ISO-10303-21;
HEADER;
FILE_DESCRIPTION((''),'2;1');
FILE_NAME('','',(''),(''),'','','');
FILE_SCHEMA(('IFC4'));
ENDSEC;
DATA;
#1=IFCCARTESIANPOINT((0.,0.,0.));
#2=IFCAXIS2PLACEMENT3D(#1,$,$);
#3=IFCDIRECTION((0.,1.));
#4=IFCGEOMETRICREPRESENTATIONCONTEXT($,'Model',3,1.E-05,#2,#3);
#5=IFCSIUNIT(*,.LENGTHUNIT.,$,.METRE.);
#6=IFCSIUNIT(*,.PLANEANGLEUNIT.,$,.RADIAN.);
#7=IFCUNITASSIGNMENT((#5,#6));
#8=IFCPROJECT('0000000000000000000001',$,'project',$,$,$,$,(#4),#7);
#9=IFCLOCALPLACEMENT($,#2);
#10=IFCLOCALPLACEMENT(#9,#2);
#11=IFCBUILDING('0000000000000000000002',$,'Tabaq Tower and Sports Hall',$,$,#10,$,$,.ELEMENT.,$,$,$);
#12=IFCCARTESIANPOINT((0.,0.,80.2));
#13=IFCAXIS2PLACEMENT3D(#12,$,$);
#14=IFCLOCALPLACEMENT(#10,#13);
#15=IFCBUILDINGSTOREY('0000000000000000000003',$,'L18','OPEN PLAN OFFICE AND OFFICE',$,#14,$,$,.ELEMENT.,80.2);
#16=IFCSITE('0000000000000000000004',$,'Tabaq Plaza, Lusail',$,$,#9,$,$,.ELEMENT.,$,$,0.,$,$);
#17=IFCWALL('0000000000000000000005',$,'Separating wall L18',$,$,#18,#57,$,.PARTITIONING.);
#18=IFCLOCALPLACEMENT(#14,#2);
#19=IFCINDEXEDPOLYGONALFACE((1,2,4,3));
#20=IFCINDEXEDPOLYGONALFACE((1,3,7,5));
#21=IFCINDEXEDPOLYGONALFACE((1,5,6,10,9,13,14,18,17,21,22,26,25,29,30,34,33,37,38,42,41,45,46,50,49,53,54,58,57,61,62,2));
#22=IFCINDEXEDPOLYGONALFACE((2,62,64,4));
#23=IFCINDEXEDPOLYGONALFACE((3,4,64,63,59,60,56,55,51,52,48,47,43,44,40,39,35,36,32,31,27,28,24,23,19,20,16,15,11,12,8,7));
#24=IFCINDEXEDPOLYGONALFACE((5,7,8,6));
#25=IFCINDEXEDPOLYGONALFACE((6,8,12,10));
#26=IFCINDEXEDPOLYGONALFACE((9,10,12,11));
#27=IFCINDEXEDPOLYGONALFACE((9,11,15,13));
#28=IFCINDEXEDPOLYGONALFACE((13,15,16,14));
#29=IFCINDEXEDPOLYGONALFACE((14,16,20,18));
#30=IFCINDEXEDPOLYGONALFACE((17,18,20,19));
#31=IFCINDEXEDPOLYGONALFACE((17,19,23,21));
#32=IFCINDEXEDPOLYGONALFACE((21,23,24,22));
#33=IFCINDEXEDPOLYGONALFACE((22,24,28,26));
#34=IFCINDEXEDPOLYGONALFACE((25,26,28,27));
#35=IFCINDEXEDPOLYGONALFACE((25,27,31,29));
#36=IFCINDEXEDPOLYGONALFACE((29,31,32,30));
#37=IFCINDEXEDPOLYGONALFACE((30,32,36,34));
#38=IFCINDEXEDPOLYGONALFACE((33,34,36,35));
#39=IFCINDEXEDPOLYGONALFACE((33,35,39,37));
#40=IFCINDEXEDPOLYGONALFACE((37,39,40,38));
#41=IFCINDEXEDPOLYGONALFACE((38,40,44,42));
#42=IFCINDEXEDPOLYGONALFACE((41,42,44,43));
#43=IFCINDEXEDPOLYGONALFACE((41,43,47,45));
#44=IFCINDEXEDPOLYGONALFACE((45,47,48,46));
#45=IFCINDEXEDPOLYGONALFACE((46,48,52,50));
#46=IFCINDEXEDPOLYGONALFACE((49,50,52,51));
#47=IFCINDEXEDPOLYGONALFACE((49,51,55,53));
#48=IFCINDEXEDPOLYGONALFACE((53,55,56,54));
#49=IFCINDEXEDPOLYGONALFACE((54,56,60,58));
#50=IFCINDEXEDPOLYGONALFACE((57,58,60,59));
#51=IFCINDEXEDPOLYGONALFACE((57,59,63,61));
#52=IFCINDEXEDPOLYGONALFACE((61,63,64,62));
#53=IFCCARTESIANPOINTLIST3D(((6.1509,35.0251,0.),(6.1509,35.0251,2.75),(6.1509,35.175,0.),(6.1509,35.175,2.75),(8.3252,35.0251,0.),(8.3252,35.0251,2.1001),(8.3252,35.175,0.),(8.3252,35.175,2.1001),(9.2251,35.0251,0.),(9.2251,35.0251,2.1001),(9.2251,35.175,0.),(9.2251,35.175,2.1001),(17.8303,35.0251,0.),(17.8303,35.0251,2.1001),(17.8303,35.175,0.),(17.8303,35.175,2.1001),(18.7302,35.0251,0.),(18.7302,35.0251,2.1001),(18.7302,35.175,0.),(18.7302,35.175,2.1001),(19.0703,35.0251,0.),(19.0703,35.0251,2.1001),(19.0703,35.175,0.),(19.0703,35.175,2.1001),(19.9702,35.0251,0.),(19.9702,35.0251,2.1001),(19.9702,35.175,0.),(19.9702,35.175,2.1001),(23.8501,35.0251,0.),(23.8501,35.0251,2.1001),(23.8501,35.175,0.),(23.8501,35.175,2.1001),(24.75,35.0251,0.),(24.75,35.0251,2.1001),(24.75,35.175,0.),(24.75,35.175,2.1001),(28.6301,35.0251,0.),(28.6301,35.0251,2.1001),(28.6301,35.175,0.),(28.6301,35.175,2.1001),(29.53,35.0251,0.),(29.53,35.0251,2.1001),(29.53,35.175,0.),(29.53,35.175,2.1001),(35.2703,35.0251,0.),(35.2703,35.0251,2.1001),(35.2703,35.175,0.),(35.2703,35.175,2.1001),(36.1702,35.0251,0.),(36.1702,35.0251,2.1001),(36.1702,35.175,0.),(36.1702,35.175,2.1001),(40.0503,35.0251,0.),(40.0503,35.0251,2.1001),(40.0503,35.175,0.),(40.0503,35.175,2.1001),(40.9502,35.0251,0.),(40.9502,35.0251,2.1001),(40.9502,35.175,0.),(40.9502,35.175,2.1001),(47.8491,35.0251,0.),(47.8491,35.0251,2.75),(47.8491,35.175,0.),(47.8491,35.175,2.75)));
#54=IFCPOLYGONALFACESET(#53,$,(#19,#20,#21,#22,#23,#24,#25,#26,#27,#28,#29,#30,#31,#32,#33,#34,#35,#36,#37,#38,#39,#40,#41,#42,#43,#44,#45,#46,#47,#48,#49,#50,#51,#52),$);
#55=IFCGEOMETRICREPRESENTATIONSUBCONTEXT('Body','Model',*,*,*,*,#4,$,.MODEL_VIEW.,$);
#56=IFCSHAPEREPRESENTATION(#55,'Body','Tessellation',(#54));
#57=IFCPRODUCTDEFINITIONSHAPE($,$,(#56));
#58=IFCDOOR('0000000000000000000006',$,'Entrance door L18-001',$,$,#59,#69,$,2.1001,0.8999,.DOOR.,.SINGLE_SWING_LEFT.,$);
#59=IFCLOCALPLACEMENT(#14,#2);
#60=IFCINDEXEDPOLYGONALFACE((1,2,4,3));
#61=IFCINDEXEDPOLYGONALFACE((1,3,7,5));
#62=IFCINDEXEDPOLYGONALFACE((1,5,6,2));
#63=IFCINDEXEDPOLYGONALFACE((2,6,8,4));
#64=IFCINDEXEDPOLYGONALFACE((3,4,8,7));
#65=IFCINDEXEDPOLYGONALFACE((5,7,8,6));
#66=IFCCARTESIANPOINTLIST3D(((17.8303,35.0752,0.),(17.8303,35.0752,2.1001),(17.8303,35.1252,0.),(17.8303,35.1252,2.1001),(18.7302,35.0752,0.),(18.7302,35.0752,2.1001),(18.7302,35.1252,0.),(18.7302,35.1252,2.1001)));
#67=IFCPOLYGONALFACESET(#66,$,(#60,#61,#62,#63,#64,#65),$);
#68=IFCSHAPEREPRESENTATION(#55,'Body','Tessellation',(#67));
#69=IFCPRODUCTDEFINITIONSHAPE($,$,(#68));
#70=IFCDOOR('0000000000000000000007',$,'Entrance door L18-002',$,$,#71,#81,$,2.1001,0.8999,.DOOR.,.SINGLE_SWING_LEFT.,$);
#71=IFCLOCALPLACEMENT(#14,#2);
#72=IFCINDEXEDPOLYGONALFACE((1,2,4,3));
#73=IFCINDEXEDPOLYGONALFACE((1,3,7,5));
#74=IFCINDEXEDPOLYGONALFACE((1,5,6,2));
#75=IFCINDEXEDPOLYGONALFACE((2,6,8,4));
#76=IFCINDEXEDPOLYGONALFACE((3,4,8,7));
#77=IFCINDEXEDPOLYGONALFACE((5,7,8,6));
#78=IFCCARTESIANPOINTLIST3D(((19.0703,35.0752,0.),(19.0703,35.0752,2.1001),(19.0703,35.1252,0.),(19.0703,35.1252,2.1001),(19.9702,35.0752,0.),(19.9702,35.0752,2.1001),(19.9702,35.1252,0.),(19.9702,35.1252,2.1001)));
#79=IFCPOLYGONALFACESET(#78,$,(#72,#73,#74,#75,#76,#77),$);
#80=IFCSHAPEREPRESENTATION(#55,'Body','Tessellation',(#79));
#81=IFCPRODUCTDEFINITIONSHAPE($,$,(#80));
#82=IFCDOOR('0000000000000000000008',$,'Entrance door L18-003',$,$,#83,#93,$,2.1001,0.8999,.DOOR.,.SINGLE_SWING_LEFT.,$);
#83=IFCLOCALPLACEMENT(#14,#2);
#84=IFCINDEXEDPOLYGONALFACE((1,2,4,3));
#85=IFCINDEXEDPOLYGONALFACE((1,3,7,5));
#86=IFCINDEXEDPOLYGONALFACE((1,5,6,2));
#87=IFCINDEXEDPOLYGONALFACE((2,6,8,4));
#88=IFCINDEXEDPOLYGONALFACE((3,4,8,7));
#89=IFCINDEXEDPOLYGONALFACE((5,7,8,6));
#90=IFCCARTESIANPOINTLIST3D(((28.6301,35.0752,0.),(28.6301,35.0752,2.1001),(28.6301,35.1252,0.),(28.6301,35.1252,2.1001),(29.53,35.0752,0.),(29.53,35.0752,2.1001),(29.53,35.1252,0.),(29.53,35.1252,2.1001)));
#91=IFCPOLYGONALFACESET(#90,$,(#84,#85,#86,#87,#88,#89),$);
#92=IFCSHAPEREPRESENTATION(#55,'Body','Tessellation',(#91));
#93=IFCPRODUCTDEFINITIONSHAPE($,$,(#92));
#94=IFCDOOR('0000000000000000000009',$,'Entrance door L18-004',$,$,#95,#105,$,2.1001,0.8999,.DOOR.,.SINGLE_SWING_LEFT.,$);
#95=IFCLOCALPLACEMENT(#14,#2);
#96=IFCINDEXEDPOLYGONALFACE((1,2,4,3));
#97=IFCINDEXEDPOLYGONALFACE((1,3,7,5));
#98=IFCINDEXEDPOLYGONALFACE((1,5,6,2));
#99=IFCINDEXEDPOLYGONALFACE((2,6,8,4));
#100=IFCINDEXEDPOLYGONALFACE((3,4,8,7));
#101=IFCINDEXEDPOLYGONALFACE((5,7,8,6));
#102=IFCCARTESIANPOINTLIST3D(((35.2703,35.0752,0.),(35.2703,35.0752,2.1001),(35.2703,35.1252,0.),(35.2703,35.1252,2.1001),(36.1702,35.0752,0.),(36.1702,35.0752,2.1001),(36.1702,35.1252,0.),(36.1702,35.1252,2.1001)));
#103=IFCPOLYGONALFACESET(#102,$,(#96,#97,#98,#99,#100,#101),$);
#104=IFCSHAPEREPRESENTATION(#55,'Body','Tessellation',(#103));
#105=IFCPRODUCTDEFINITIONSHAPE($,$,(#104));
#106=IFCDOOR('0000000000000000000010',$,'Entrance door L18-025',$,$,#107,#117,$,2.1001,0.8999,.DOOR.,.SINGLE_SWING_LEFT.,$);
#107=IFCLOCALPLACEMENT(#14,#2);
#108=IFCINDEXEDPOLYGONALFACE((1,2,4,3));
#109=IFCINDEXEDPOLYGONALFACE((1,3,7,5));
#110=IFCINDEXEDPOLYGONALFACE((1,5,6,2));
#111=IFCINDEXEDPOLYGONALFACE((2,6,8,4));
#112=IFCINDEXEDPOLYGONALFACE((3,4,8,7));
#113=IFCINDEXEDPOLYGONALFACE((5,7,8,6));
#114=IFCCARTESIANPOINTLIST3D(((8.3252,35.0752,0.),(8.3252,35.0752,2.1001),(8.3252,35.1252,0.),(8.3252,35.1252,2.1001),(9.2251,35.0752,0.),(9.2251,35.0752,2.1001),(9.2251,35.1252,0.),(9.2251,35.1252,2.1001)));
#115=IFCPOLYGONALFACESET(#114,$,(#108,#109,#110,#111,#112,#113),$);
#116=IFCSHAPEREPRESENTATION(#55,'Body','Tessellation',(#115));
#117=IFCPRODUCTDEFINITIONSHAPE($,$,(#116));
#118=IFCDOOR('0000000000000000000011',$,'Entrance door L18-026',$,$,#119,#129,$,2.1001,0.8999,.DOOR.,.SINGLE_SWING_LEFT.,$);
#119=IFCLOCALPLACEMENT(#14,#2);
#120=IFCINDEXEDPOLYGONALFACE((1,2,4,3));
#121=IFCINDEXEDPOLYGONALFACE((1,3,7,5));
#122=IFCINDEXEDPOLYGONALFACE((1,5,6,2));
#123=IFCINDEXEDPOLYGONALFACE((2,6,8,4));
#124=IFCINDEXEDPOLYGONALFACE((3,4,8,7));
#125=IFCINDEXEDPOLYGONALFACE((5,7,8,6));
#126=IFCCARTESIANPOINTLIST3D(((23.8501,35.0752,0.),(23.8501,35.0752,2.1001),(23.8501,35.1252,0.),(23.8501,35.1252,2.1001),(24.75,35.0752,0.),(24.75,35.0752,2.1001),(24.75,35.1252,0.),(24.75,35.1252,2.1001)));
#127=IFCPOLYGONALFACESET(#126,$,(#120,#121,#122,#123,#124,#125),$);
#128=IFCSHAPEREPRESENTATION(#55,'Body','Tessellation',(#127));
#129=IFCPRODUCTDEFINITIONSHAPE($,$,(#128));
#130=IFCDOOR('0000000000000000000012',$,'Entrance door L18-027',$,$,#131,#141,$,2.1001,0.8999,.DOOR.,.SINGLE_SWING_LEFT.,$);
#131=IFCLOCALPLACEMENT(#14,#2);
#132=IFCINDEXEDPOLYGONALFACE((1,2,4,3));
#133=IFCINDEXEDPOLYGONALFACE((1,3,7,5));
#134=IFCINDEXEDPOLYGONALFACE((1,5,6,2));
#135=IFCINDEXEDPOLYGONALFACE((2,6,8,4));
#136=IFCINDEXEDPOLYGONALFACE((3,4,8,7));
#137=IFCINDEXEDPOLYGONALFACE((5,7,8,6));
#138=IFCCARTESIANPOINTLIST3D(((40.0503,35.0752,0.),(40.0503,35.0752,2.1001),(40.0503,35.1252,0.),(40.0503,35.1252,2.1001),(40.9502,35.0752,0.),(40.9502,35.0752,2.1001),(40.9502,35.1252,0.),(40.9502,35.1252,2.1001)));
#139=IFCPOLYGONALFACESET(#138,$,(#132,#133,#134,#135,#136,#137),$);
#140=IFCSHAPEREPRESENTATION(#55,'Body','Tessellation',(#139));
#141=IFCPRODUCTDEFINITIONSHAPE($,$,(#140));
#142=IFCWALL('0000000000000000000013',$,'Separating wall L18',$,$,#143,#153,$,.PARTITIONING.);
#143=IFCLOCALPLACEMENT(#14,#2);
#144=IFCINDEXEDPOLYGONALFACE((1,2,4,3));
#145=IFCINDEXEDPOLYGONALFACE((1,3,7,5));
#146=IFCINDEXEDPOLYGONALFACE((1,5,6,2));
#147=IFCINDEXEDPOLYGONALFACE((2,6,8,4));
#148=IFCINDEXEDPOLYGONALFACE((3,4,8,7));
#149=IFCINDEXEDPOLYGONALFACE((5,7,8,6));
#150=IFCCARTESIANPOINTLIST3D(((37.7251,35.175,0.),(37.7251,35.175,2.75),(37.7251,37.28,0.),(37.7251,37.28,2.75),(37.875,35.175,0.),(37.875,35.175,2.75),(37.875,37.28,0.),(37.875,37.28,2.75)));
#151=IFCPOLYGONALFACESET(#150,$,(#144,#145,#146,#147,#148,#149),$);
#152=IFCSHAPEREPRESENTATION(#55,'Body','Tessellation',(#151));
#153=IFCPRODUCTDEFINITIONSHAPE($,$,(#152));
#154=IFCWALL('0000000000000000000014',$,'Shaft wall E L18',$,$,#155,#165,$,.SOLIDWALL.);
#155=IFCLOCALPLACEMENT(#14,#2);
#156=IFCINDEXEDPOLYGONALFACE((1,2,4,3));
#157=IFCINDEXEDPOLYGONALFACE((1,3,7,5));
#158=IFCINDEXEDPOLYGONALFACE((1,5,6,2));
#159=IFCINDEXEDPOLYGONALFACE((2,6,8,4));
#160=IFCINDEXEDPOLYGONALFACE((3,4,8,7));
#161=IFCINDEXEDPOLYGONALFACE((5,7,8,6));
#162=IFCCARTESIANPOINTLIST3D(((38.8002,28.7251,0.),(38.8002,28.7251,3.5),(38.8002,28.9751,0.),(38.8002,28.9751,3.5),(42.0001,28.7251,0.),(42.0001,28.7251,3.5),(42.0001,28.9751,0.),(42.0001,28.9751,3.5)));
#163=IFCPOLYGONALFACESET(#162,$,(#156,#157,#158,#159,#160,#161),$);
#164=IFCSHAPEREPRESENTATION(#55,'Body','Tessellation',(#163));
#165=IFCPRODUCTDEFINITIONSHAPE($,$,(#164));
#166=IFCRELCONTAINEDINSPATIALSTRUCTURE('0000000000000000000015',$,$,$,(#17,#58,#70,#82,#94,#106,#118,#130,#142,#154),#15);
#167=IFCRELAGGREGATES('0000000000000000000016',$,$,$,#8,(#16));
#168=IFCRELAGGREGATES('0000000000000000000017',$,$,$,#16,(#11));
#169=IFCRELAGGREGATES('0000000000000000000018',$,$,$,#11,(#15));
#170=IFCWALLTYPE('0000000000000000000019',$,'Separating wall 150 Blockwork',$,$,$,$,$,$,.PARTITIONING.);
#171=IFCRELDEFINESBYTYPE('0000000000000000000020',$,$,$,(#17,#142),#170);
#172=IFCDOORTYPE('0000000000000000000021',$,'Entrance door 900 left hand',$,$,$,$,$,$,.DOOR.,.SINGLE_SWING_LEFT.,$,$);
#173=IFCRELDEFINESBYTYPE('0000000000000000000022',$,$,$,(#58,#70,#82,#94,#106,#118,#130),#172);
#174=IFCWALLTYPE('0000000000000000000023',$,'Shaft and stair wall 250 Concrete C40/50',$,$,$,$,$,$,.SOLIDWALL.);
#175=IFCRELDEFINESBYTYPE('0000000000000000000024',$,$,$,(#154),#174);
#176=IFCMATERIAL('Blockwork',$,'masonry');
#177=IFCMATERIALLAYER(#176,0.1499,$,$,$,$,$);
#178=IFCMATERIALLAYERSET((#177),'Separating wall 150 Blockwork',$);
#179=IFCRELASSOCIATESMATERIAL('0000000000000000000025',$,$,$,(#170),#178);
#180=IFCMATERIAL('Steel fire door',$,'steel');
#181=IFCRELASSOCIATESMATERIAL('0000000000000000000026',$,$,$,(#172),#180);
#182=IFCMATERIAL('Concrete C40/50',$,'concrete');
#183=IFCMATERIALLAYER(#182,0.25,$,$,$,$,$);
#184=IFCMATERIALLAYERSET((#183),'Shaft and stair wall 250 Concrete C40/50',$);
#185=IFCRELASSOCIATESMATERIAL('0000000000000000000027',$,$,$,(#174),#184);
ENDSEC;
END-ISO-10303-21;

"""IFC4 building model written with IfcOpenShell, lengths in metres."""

from ifc_helpers import new_model, si_unit, direction, frame, frame_2d, origin, place, context, subcontext, project, spatial, rectangle, extrude, material, layer, layer_set, type_object, element, fill, save


model = new_model("IFC4")

# Units and contexts
model_context = context("Model", 3, precision=1e-05, world=origin(), true_north=direction((0.0, 1.0)))
body_context = subcontext(model_context, "Body", "Model", "MODEL_VIEW")
ifc_project = project(units=[si_unit("LENGTHUNIT", "METRE"), si_unit("PLANEANGLEUNIT", "RADIAN")], contexts=[model_context])

# Site, building, storey
site_placement = place(None, origin())
site = spatial("IfcSite", under=ifc_project, at=site_placement, Name="Tabaq Plaza, Lusail", CompositionType="ELEMENT", RefElevation=0.0)
building_placement = place(site_placement, origin())
building = spatial("IfcBuilding", under=site, at=building_placement, Name="Tabaq Tower and Sports Hall", CompositionType="ELEMENT")
storey_placement = place(building_placement, frame((0.0, 0.0, 80.2)))
storey = spatial("IfcBuildingStorey", under=building, at=storey_placement, Name="L18", Description="OPEN PLAN OFFICE AND OFFICE", CompositionType="ELEMENT", Elevation=80.2)

# Wall, openings, doors
ifc_material_1 = material(Name="Blockwork", Category="masonry")
ifc_layer_1 = layer(ifc_material_1, 0.1499)
ifc_layer_set_1 = layer_set([ifc_layer_1], Name="Separating wall 150 Blockwork")
wall_type_1 = type_object("IfcWallType", Name="Separating wall 150 Blockwork", PredefinedType="PARTITIONING", material=ifc_layer_set_1)
wall_1_placement = place(storey_placement, frame((47.8491, 35.1001, 0.0), z_axis=(0.0, 0.0, 1.0), x_axis=(-1.0, 0.0, 0.0)))
wall_1 = element("IfcWall", 1, at=wall_1_placement, inside=storey, type_object=wall_type_1, Name="Separating wall L18", PredefinedType="PARTITIONING", context=body_context, shape_type="SweptSolid", body=[
    extrude(rectangle(XDim=41.6982, YDim=0.1499, at=frame_2d((20.8491, 0.0))), origin(), (0.0, 0.0, 1.0), 2.75),
])
opening_1_placement = place(wall_1_placement, frame((29.1189, 0.0, 0.0)))
opening_1 = element("IfcOpeningElement", 2, at=opening_1_placement, cuts=wall_1, PredefinedType="OPENING", context=body_context, shape_type="SweptSolid", body=[
    extrude(rectangle(XDim=0.8999, YDim=2.1001, at=frame_2d((0.45, 1.05))), frame((0.0, 0.075, 0.0), z_axis=(0.0, -1.0, 0.0), x_axis=(1.0, 0.0, 0.0)), (0.0, 0.0, 1.0), 0.1499),
])
opening_2_placement = place(wall_1_placement, frame((27.8789, 0.0, 0.0)))
opening_2 = element("IfcOpeningElement", 3, at=opening_2_placement, cuts=wall_1, PredefinedType="OPENING", context=body_context, shape_type="SweptSolid", body=[
    extrude(rectangle(XDim=0.8999, YDim=2.1001, at=frame_2d((0.45, 1.05))), frame((0.0, 0.075, 0.0), z_axis=(0.0, -1.0, 0.0), x_axis=(1.0, 0.0, 0.0)), (0.0, 0.0, 1.0), 0.1499),
])
opening_3_placement = place(wall_1_placement, frame((18.3191, 0.0, 0.0)))
opening_3 = element("IfcOpeningElement", 4, at=opening_3_placement, cuts=wall_1, PredefinedType="OPENING", context=body_context, shape_type="SweptSolid", body=[
    extrude(rectangle(XDim=0.8999, YDim=2.1001, at=frame_2d((0.45, 1.05))), frame((0.0, 0.075, 0.0), z_axis=(0.0, -1.0, 0.0), x_axis=(1.0, 0.0, 0.0)), (0.0, 0.0, 1.0), 0.1499),
])
opening_4_placement = place(wall_1_placement, frame((11.679, 0.0, 0.0)))
opening_4 = element("IfcOpeningElement", 5, at=opening_4_placement, cuts=wall_1, PredefinedType="OPENING", context=body_context, shape_type="SweptSolid", body=[
    extrude(rectangle(XDim=0.8999, YDim=2.1001, at=frame_2d((0.45, 1.05))), frame((0.0, 0.075, 0.0), z_axis=(0.0, -1.0, 0.0), x_axis=(1.0, 0.0, 0.0)), (0.0, 0.0, 1.0), 0.1499),
])
opening_5_placement = place(wall_1_placement, frame((38.624, 0.0, 0.0)))
opening_5 = element("IfcOpeningElement", 6, at=opening_5_placement, cuts=wall_1, PredefinedType="OPENING", context=body_context, shape_type="SweptSolid", body=[
    extrude(rectangle(XDim=0.8999, YDim=2.1001, at=frame_2d((0.45, 1.05))), frame((0.0, 0.075, 0.0), z_axis=(0.0, -1.0, 0.0), x_axis=(1.0, 0.0, 0.0)), (0.0, 0.0, 1.0), 0.1499),
])
opening_6_placement = place(wall_1_placement, frame((23.0991, 0.0, 0.0)))
opening_6 = element("IfcOpeningElement", 7, at=opening_6_placement, cuts=wall_1, PredefinedType="OPENING", context=body_context, shape_type="SweptSolid", body=[
    extrude(rectangle(XDim=0.8999, YDim=2.1001, at=frame_2d((0.45, 1.05))), frame((0.0, 0.075, 0.0), z_axis=(0.0, -1.0, 0.0), x_axis=(1.0, 0.0, 0.0)), (0.0, 0.0, 1.0), 0.1499),
])
opening_7_placement = place(wall_1_placement, frame((6.8989, 0.0, 0.0)))
opening_7 = element("IfcOpeningElement", 8, at=opening_7_placement, cuts=wall_1, PredefinedType="OPENING", context=body_context, shape_type="SweptSolid", body=[
    extrude(rectangle(XDim=0.8999, YDim=2.1001, at=frame_2d((0.45, 1.05))), frame((0.0, 0.075, 0.0), z_axis=(0.0, -1.0, 0.0), x_axis=(1.0, 0.0, 0.0)), (0.0, 0.0, 1.0), 0.1499),
])
ifc_material_2 = material(Name="Steel fire door", Category="steel")
door_type_1 = type_object("IfcDoorType", Name="Entrance door 900 left hand", OperationType="SINGLE_SWING_LEFT", PredefinedType="DOOR", material=ifc_material_2)
door_1_placement = place(opening_1_placement, origin())
door_1 = element("IfcDoor", 9, at=door_1_placement, inside=storey, type_object=door_type_1, Name="Entrance door L18-001", OperationType="SINGLE_SWING_LEFT", OverallHeight=2.1001, OverallWidth=0.8999, PredefinedType="DOOR", context=body_context, shape_type="SweptSolid", body=[
    extrude(rectangle(XDim=0.8999, YDim=2.1001, at=frame_2d((0.45, 1.05))), frame((0.0, 0.0249, 0.0), z_axis=(0.0, -1.0, 0.0), x_axis=(1.0, 0.0, 0.0)), (0.0, 0.0, 1.0), 0.05),
])
fill(opening_1, door_1)
door_2_placement = place(opening_2_placement, origin())
door_2 = element("IfcDoor", 10, at=door_2_placement, inside=storey, type_object=door_type_1, Name="Entrance door L18-002", OperationType="SINGLE_SWING_LEFT", OverallHeight=2.1001, OverallWidth=0.8999, PredefinedType="DOOR", context=body_context, shape_type="SweptSolid", body=[
    extrude(rectangle(XDim=0.8999, YDim=2.1001, at=frame_2d((0.45, 1.05))), frame((0.0, 0.0249, 0.0), z_axis=(0.0, -1.0, 0.0), x_axis=(1.0, 0.0, 0.0)), (0.0, 0.0, 1.0), 0.05),
])
fill(opening_2, door_2)
door_3_placement = place(opening_3_placement, origin())
door_3 = element("IfcDoor", 11, at=door_3_placement, inside=storey, type_object=door_type_1, Name="Entrance door L18-003", OperationType="SINGLE_SWING_LEFT", OverallHeight=2.1001, OverallWidth=0.8999, PredefinedType="DOOR", context=body_context, shape_type="SweptSolid", body=[
    extrude(rectangle(XDim=0.8999, YDim=2.1001, at=frame_2d((0.45, 1.05))), frame((0.0, 0.0249, 0.0), z_axis=(0.0, -1.0, 0.0), x_axis=(1.0, 0.0, 0.0)), (0.0, 0.0, 1.0), 0.05),
])
fill(opening_3, door_3)
door_4_placement = place(opening_4_placement, origin())
door_4 = element("IfcDoor", 12, at=door_4_placement, inside=storey, type_object=door_type_1, Name="Entrance door L18-004", OperationType="SINGLE_SWING_LEFT", OverallHeight=2.1001, OverallWidth=0.8999, PredefinedType="DOOR", context=body_context, shape_type="SweptSolid", body=[
    extrude(rectangle(XDim=0.8999, YDim=2.1001, at=frame_2d((0.45, 1.05))), frame((0.0, 0.0249, 0.0), z_axis=(0.0, -1.0, 0.0), x_axis=(1.0, 0.0, 0.0)), (0.0, 0.0, 1.0), 0.05),
])
fill(opening_4, door_4)
door_5_placement = place(opening_5_placement, origin())
door_5 = element("IfcDoor", 13, at=door_5_placement, inside=storey, type_object=door_type_1, Name="Entrance door L18-025", OperationType="SINGLE_SWING_LEFT", OverallHeight=2.1001, OverallWidth=0.8999, PredefinedType="DOOR", context=body_context, shape_type="SweptSolid", body=[
    extrude(rectangle(XDim=0.8999, YDim=2.1001, at=frame_2d((0.45, 1.05))), frame((0.0, 0.0249, 0.0), z_axis=(0.0, -1.0, 0.0), x_axis=(1.0, 0.0, 0.0)), (0.0, 0.0, 1.0), 0.05),
])
fill(opening_5, door_5)
door_6_placement = place(opening_6_placement, origin())
door_6 = element("IfcDoor", 14, at=door_6_placement, inside=storey, type_object=door_type_1, Name="Entrance door L18-026", OperationType="SINGLE_SWING_LEFT", OverallHeight=2.1001, OverallWidth=0.8999, PredefinedType="DOOR", context=body_context, shape_type="SweptSolid", body=[
    extrude(rectangle(XDim=0.8999, YDim=2.1001, at=frame_2d((0.45, 1.05))), frame((0.0, 0.0249, 0.0), z_axis=(0.0, -1.0, 0.0), x_axis=(1.0, 0.0, 0.0)), (0.0, 0.0, 1.0), 0.05),
])
fill(opening_6, door_6)
door_7_placement = place(opening_7_placement, origin())
door_7 = element("IfcDoor", 15, at=door_7_placement, inside=storey, type_object=door_type_1, Name="Entrance door L18-027", OperationType="SINGLE_SWING_LEFT", OverallHeight=2.1001, OverallWidth=0.8999, PredefinedType="DOOR", context=body_context, shape_type="SweptSolid", body=[
    extrude(rectangle(XDim=0.8999, YDim=2.1001, at=frame_2d((0.45, 1.05))), frame((0.0, 0.0249, 0.0), z_axis=(0.0, -1.0, 0.0), x_axis=(1.0, 0.0, 0.0)), (0.0, 0.0, 1.0), 0.05),
])
fill(opening_7, door_7)

# Walls
wall_2_placement = place(storey_placement, frame((37.8, 35.175, 0.0), z_axis=(0.0, 0.0, 1.0), x_axis=(0.0, 1.0, 0.0)))
element("IfcWall", 16, at=wall_2_placement, inside=storey, type_object=wall_type_1, Name="Separating wall L18", PredefinedType="PARTITIONING", context=body_context, shape_type="SweptSolid", body=[
    extrude(rectangle(XDim=2.105, YDim=0.1499, at=frame_2d((1.0525, 0.0))), origin(), (0.0, 0.0, 1.0), 2.75),
])
ifc_material_3 = material(Name="Concrete C40/50", Category="concrete")
ifc_layer_2 = layer(ifc_material_3, 0.25)
ifc_layer_set_2 = layer_set([ifc_layer_2], Name="Shaft and stair wall 250 Concrete C40/50")
wall_type_2 = type_object("IfcWallType", Name="Shaft and stair wall 250 Concrete C40/50", PredefinedType="SOLIDWALL", material=ifc_layer_set_2)
wall_3_placement = place(storey_placement, frame((38.8, 28.8501, 0.0), z_axis=(0.0, 0.0, 1.0), x_axis=(1.0, 0.0, 0.0)))
element("IfcWall", 17, at=wall_3_placement, inside=storey, type_object=wall_type_2, Name="Shaft wall E L18", PredefinedType="SOLIDWALL", context=body_context, shape_type="SweptSolid", body=[
    extrude(rectangle(XDim=3.2, YDim=0.25, at=frame_2d((1.6001, 0.0))), origin(), (0.0, 0.0, 1.0), 3.5),
])

save(model, "model.ifc")
